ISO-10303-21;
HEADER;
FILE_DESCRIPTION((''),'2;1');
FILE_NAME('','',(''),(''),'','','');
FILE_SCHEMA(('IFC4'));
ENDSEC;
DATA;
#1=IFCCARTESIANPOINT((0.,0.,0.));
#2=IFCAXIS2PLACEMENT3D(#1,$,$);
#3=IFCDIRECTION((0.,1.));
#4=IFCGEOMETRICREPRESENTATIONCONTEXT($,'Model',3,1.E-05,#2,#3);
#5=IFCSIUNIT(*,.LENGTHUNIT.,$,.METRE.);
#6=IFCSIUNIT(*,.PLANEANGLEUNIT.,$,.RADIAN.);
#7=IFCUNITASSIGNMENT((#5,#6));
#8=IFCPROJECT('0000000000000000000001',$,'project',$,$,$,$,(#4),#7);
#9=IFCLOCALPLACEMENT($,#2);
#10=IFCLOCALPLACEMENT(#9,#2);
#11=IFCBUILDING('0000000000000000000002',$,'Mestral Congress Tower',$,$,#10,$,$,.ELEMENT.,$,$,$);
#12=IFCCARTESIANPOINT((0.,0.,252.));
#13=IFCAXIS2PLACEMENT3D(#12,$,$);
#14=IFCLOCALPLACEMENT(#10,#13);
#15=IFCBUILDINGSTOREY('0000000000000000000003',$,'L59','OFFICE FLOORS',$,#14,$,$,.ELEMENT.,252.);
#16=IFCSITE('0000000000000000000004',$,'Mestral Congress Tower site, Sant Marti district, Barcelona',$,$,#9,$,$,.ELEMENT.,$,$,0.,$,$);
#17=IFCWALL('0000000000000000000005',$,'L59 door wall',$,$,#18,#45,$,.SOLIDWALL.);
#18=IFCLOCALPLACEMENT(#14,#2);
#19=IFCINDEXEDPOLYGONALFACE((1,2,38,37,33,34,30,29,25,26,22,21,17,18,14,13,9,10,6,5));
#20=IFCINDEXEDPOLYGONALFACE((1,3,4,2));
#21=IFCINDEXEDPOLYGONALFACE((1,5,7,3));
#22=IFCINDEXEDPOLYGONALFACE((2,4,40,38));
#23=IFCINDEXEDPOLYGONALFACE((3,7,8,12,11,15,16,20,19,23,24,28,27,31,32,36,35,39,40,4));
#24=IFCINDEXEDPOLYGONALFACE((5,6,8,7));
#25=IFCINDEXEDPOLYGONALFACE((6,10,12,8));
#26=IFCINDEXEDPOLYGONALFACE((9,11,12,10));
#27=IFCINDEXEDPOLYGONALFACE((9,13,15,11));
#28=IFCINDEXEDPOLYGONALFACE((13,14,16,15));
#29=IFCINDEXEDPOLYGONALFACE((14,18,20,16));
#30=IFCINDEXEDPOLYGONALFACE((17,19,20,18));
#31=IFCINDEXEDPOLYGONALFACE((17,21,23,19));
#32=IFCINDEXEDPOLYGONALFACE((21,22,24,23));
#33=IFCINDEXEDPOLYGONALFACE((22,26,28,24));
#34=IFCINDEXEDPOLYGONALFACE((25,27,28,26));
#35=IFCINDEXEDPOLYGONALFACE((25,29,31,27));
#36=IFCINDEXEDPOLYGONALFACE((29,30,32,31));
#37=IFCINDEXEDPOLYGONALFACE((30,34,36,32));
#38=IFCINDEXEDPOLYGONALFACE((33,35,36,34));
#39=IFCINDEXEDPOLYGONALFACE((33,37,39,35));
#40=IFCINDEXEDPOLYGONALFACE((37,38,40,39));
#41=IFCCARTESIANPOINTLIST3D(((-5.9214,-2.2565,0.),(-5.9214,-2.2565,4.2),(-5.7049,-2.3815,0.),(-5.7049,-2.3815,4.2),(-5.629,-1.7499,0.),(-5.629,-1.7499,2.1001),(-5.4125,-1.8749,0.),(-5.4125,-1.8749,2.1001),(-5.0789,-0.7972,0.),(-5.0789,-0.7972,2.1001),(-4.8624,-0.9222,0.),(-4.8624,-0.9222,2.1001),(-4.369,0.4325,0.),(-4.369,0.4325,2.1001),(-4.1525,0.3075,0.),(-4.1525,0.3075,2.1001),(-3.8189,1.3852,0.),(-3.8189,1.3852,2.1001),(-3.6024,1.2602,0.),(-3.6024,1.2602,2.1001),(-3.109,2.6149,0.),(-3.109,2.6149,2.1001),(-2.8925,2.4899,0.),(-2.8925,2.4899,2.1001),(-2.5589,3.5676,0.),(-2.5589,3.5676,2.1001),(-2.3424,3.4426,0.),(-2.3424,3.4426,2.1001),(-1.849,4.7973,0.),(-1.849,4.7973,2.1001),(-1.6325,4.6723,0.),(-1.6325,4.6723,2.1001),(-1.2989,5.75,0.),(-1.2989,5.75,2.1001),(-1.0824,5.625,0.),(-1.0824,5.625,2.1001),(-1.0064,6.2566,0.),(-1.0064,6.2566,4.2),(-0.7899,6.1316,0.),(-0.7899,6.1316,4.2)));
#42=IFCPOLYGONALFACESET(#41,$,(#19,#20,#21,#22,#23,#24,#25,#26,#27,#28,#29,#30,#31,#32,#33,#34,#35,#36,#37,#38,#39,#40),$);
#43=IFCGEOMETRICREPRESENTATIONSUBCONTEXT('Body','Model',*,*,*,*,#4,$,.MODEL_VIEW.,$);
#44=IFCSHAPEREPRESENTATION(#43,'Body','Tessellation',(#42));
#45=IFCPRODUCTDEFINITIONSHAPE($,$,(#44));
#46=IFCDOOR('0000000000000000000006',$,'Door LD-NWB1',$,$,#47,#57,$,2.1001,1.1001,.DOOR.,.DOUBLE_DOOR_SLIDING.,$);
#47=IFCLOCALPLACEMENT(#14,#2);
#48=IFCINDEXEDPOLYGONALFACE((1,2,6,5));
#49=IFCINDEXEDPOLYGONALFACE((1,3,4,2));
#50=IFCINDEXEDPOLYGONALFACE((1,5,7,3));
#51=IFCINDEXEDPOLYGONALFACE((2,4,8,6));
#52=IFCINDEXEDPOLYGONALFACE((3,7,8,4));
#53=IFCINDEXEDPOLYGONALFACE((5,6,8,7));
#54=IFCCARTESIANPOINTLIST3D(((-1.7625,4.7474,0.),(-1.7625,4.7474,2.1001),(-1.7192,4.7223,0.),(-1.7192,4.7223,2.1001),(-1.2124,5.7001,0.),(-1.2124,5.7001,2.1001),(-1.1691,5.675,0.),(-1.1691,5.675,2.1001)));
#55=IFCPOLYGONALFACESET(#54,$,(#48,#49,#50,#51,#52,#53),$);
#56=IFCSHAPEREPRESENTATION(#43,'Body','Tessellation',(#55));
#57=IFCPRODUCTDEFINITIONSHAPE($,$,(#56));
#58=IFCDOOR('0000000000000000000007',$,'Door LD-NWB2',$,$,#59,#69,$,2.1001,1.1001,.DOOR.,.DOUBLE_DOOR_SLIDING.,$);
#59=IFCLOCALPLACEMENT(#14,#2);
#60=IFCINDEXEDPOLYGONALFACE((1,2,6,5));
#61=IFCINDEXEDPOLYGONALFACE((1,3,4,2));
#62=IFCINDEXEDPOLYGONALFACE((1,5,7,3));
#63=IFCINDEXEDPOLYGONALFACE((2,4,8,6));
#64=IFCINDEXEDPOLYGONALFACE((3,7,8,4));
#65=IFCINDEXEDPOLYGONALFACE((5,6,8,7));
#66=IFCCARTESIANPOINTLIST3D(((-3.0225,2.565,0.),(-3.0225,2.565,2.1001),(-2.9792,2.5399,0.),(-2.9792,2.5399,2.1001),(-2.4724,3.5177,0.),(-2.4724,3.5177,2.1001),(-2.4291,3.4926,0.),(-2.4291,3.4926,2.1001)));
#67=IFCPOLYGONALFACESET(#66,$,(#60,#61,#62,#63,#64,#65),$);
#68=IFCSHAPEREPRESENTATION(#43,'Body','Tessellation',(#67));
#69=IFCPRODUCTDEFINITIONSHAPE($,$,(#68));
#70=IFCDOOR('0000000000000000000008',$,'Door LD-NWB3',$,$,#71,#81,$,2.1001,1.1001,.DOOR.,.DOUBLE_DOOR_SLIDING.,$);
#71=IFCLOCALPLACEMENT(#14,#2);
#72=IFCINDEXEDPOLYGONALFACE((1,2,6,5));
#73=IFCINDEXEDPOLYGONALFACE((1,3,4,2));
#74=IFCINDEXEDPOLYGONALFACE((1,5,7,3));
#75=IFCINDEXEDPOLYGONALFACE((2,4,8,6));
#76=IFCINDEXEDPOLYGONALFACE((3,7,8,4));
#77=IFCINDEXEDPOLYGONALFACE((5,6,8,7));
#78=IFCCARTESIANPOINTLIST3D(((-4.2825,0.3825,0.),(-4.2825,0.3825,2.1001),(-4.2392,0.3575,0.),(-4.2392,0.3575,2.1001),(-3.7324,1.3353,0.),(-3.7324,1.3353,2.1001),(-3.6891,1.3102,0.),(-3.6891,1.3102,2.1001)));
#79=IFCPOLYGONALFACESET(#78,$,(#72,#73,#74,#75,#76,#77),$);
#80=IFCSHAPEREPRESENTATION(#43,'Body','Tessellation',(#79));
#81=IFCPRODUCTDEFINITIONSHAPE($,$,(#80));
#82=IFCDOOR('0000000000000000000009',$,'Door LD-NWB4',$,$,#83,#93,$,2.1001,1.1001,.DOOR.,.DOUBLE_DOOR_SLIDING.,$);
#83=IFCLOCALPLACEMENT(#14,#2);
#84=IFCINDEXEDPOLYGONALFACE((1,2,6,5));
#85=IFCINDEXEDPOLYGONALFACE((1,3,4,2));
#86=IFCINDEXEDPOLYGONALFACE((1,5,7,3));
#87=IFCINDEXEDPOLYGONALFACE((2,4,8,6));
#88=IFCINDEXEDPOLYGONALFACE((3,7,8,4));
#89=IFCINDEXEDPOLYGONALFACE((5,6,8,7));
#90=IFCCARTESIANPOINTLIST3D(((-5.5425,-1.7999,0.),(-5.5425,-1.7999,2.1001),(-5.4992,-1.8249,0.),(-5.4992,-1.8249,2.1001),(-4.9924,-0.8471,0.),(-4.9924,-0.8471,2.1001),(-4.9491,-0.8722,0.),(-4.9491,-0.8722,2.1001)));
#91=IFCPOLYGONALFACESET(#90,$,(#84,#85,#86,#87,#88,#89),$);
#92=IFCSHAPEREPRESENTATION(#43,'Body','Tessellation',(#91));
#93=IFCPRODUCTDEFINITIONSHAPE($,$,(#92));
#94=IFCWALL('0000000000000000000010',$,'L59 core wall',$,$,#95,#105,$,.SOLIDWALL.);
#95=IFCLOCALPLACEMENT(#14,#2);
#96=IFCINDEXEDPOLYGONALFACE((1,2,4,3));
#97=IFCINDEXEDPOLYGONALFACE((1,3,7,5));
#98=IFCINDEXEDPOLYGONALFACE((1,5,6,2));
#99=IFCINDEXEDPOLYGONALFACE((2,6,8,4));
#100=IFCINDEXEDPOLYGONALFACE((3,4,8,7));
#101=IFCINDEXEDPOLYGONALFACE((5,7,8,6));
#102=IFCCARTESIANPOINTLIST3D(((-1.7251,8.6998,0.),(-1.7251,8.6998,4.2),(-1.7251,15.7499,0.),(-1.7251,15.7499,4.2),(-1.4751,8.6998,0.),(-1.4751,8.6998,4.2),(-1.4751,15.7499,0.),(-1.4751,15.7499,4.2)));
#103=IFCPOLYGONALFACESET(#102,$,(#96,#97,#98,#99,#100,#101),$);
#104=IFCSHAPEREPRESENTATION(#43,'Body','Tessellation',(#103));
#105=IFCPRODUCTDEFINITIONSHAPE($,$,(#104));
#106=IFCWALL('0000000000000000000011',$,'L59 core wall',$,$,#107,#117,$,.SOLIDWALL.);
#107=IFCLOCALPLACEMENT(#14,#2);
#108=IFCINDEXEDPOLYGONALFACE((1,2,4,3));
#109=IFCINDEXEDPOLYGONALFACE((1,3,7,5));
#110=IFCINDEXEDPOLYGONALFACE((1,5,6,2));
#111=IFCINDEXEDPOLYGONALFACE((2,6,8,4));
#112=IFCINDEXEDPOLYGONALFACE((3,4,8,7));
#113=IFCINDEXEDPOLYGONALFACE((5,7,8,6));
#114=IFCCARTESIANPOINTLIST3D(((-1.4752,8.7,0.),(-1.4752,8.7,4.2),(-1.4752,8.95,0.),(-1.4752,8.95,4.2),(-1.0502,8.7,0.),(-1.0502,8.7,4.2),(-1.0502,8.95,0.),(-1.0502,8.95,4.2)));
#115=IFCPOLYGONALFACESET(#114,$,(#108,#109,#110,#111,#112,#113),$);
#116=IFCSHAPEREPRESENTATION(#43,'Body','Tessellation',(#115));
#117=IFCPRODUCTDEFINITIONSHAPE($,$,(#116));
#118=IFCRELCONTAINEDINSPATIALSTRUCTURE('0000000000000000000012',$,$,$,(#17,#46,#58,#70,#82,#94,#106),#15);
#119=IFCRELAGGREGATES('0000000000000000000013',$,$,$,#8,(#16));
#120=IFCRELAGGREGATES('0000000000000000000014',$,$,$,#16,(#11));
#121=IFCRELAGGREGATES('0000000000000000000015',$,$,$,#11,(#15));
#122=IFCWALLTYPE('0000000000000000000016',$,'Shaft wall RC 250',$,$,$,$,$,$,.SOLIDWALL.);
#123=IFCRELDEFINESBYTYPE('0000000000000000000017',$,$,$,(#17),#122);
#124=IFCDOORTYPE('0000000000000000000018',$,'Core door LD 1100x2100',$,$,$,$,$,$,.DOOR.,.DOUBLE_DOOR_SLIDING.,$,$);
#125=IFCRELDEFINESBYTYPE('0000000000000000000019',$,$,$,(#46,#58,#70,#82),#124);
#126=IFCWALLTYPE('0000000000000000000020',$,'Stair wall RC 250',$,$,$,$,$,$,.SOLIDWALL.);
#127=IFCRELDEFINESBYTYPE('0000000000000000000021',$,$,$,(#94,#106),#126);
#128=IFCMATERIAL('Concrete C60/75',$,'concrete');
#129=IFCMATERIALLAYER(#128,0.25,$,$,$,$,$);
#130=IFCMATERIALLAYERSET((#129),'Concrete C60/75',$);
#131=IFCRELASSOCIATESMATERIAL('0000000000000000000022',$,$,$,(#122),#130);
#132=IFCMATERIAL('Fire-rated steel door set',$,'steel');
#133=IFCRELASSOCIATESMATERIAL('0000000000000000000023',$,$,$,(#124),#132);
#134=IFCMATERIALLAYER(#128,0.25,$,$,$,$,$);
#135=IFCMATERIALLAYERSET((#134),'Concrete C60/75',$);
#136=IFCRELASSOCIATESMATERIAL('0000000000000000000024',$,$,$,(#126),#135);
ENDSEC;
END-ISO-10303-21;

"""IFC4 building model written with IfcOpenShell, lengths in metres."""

from ifc_helpers import new_model, si_unit, direction, frame, frame_2d, origin, place, context, subcontext, project, spatial, rectangle, extrude, material, layer, layer_set, type_object, element, fill, save


model = new_model("IFC4")

# Units and contexts
model_context = context("Model", 3, precision=1e-05, world=origin(), true_north=direction((0.0, 1.0)))
body_context = subcontext(model_context, "Body", "Model", "MODEL_VIEW")
ifc_project = project(units=[si_unit("LENGTHUNIT", "METRE"), si_unit("PLANEANGLEUNIT", "RADIAN")], contexts=[model_context])

# Site, building, storey
site_placement = place(None, origin())
site = spatial("IfcSite", under=ifc_project, at=site_placement, Name="Mestral Congress Tower site, Sant Marti district, Barcelona", CompositionType="ELEMENT", RefElevation=0.0)
building_placement = place(site_placement, origin())
building = spatial("IfcBuilding", under=site, at=building_placement, Name="Mestral Congress Tower", CompositionType="ELEMENT")
storey_placement = place(building_placement, frame((0.0, 0.0, 252.0)))
storey = spatial("IfcBuildingStorey", under=building, at=storey_placement, Name="L59", Description="OFFICE FLOORS", CompositionType="ELEMENT", Elevation=252.0)

# Shared definitions
ifc_material_1 = material(Name="Concrete C60/75", Category="concrete")

# Shared definitions
ifc_material_2 = material(Name="Fire-rated steel door set", Category="steel")

# Shared definitions
ifc_layer_1 = layer(ifc_material_1, 0.25)
ifc_layer_set_1 = layer_set([ifc_layer_1], Name="Concrete C60/75")
wall_type_1 = type_object("IfcWallType", Name="Shaft wall RC 250", PredefinedType="SOLIDWALL", material=ifc_layer_set_1)

# Wall, openings, doors
wall_1_placement = place(storey_placement, frame((-0.8982, 6.1941, 0.0), z_axis=(0.0, 0.0, 1.0), x_axis=(-0.499996, -0.866028, 0.0)))
wall_1 = element("IfcWall", 1, at=wall_1_placement, inside=storey, type_object=wall_type_1, Name="L59 door wall", PredefinedType="SOLIDWALL", context=body_context, shape_type="SweptSolid", body=[
    extrude(rectangle(XDim=9.8301, YDim=0.25, at=frame_2d((4.915, 0.0))), origin(), (0.0, 0.0, 1.0), 4.2),
])
opening_1_placement = place(wall_1_placement, frame((0.585, 0.0, 0.0)))
opening_1 = element("IfcOpeningElement", 2, at=opening_1_placement, cuts=wall_1, PredefinedType="OPENING", context=body_context, shape_type="SweptSolid", body=[
    extrude(rectangle(XDim=1.1001, YDim=2.1001, at=frame_2d((0.55, 1.05))), frame((0.0, 0.135, 0.0), z_axis=(0.0, -1.0, 0.0), x_axis=(1.0, 0.0, 0.0)), (0.0, 0.0, 1.0), 0.27),
])
opening_2_placement = place(wall_1_placement, frame((3.105, 0.0, 0.0)))
opening_2 = element("IfcOpeningElement", 3, at=opening_2_placement, cuts=wall_1, PredefinedType="OPENING", context=body_context, shape_type="SweptSolid", body=[
    extrude(rectangle(XDim=1.1001, YDim=2.1001, at=frame_2d((0.55, 1.05))), frame((0.0, 0.135, 0.0), z_axis=(0.0, -1.0, 0.0), x_axis=(1.0, 0.0, 0.0)), (0.0, 0.0, 1.0), 0.27),
])
opening_3_placement = place(wall_1_placement, frame((5.625, 0.0, 0.0)))
opening_3 = element("IfcOpeningElement", 4, at=opening_3_placement, cuts=wall_1, PredefinedType="OPENING", context=body_context, shape_type="SweptSolid", body=[
    extrude(rectangle(XDim=1.1001, YDim=2.1001, at=frame_2d((0.55, 1.05))), frame((0.0, 0.135, 0.0), z_axis=(0.0, -1.0, 0.0), x_axis=(1.0, 0.0, 0.0)), (0.0, 0.0, 1.0), 0.27),
])
opening_4_placement = place(wall_1_placement, frame((8.145, 0.0, 0.0)))
opening_4 = element("IfcOpeningElement", 5, at=opening_4_placement, cuts=wall_1, PredefinedType="OPENING", context=body_context, shape_type="SweptSolid", body=[
    extrude(rectangle(XDim=1.1001, YDim=2.1001, at=frame_2d((0.55, 1.05))), frame((0.0, 0.135, 0.0), z_axis=(0.0, -1.0, 0.0), x_axis=(1.0, 0.0, 0.0)), (0.0, 0.0, 1.0), 0.27),
])
door_type_1 = type_object("IfcDoorType", Name="Core door LD 1100x2100", OperationType="DOUBLE_DOOR_SLIDING", PredefinedType="DOOR", material=ifc_material_2)
door_1_placement = place(opening_1_placement, origin())
door_1 = element("IfcDoor", 6, at=door_1_placement, inside=storey, type_object=door_type_1, Name="Door LD-NWB1", OperationType="DOUBLE_DOOR_SLIDING", OverallHeight=2.1001, OverallWidth=1.1001, PredefinedType="DOOR", context=body_context, shape_type="SweptSolid", body=[
    extrude(rectangle(XDim=1.1001, YDim=2.1001, at=frame_2d((0.55, 1.05))), frame((0.0, 0.0249, 0.0), z_axis=(0.0, -1.0, 0.0), x_axis=(1.0, 0.0, 0.0)), (0.0, 0.0, 1.0), 0.05),
])
fill(opening_1, door_1)
door_2_placement = place(opening_2_placement, origin())
door_2 = element("IfcDoor", 7, at=door_2_placement, inside=storey, type_object=door_type_1, Name="Door LD-NWB2", OperationType="DOUBLE_DOOR_SLIDING", OverallHeight=2.1001, OverallWidth=1.1001, PredefinedType="DOOR", context=body_context, shape_type="SweptSolid", body=[
    extrude(rectangle(XDim=1.1001, YDim=2.1001, at=frame_2d((0.55, 1.05))), frame((0.0, 0.0249, 0.0), z_axis=(0.0, -1.0, 0.0), x_axis=(1.0, 0.0, 0.0)), (0.0, 0.0, 1.0), 0.05),
])
fill(opening_2, door_2)
door_3_placement = place(opening_3_placement, origin())
door_3 = element("IfcDoor", 8, at=door_3_placement, inside=storey, type_object=door_type_1, Name="Door LD-NWB3", OperationType="DOUBLE_DOOR_SLIDING", OverallHeight=2.1001, OverallWidth=1.1001, PredefinedType="DOOR", context=body_context, shape_type="SweptSolid", body=[
    extrude(rectangle(XDim=1.1001, YDim=2.1001, at=frame_2d((0.55, 1.05))), frame((0.0, 0.0249, 0.0), z_axis=(0.0, -1.0, 0.0), x_axis=(1.0, 0.0, 0.0)), (0.0, 0.0, 1.0), 0.05),
])
fill(opening_3, door_3)
door_4_placement = place(opening_4_placement, origin())
door_4 = element("IfcDoor", 9, at=door_4_placement, inside=storey, type_object=door_type_1, Name="Door LD-NWB4", OperationType="DOUBLE_DOOR_SLIDING", OverallHeight=2.1001, OverallWidth=1.1001, PredefinedType="DOOR", context=body_context, shape_type="SweptSolid", body=[
    extrude(rectangle(XDim=1.1001, YDim=2.1001, at=frame_2d((0.55, 1.05))), frame((0.0, 0.0249, 0.0), z_axis=(0.0, -1.0, 0.0), x_axis=(1.0, 0.0, 0.0)), (0.0, 0.0, 1.0), 0.05),
])
fill(opening_4, door_4)

# Walls
ifc_layer_2 = layer(ifc_material_1, 0.25)
ifc_layer_set_2 = layer_set([ifc_layer_2], Name="Concrete C60/75")
wall_type_2 = type_object("IfcWallType", Name="Stair wall RC 250", PredefinedType="SOLIDWALL", material=ifc_layer_set_2)
wall_2_placement = place(storey_placement, frame((-1.6001, 8.7, 0.0), z_axis=(0.0, 0.0, 1.0), x_axis=(0.0, 1.0, 0.0)))
element("IfcWall", 10, at=wall_2_placement, inside=storey, type_object=wall_type_2, Name="L59 core wall", PredefinedType="SOLIDWALL", context=body_context, shape_type="SweptSolid", body=[
    extrude(rectangle(XDim=7.05, YDim=0.25, at=frame_2d((3.5249, 0.0))), origin(), (0.0, 0.0, 1.0), 4.2),
])
wall_3_placement = place(storey_placement, frame((-1.4751, 8.825, 0.0), z_axis=(0.0, 0.0, 1.0), x_axis=(1.0, 0.0, 0.0)))
element("IfcWall", 11, at=wall_3_placement, inside=storey, type_object=wall_type_2, Name="L59 core wall", PredefinedType="SOLIDWALL", context=body_context, shape_type="SweptSolid", body=[
    extrude(rectangle(XDim=0.425, YDim=0.25, at=frame_2d((0.2124, 0.0))), origin(), (0.0, 0.0, 1.0), 4.2),
])

save(model, "model.ifc")
